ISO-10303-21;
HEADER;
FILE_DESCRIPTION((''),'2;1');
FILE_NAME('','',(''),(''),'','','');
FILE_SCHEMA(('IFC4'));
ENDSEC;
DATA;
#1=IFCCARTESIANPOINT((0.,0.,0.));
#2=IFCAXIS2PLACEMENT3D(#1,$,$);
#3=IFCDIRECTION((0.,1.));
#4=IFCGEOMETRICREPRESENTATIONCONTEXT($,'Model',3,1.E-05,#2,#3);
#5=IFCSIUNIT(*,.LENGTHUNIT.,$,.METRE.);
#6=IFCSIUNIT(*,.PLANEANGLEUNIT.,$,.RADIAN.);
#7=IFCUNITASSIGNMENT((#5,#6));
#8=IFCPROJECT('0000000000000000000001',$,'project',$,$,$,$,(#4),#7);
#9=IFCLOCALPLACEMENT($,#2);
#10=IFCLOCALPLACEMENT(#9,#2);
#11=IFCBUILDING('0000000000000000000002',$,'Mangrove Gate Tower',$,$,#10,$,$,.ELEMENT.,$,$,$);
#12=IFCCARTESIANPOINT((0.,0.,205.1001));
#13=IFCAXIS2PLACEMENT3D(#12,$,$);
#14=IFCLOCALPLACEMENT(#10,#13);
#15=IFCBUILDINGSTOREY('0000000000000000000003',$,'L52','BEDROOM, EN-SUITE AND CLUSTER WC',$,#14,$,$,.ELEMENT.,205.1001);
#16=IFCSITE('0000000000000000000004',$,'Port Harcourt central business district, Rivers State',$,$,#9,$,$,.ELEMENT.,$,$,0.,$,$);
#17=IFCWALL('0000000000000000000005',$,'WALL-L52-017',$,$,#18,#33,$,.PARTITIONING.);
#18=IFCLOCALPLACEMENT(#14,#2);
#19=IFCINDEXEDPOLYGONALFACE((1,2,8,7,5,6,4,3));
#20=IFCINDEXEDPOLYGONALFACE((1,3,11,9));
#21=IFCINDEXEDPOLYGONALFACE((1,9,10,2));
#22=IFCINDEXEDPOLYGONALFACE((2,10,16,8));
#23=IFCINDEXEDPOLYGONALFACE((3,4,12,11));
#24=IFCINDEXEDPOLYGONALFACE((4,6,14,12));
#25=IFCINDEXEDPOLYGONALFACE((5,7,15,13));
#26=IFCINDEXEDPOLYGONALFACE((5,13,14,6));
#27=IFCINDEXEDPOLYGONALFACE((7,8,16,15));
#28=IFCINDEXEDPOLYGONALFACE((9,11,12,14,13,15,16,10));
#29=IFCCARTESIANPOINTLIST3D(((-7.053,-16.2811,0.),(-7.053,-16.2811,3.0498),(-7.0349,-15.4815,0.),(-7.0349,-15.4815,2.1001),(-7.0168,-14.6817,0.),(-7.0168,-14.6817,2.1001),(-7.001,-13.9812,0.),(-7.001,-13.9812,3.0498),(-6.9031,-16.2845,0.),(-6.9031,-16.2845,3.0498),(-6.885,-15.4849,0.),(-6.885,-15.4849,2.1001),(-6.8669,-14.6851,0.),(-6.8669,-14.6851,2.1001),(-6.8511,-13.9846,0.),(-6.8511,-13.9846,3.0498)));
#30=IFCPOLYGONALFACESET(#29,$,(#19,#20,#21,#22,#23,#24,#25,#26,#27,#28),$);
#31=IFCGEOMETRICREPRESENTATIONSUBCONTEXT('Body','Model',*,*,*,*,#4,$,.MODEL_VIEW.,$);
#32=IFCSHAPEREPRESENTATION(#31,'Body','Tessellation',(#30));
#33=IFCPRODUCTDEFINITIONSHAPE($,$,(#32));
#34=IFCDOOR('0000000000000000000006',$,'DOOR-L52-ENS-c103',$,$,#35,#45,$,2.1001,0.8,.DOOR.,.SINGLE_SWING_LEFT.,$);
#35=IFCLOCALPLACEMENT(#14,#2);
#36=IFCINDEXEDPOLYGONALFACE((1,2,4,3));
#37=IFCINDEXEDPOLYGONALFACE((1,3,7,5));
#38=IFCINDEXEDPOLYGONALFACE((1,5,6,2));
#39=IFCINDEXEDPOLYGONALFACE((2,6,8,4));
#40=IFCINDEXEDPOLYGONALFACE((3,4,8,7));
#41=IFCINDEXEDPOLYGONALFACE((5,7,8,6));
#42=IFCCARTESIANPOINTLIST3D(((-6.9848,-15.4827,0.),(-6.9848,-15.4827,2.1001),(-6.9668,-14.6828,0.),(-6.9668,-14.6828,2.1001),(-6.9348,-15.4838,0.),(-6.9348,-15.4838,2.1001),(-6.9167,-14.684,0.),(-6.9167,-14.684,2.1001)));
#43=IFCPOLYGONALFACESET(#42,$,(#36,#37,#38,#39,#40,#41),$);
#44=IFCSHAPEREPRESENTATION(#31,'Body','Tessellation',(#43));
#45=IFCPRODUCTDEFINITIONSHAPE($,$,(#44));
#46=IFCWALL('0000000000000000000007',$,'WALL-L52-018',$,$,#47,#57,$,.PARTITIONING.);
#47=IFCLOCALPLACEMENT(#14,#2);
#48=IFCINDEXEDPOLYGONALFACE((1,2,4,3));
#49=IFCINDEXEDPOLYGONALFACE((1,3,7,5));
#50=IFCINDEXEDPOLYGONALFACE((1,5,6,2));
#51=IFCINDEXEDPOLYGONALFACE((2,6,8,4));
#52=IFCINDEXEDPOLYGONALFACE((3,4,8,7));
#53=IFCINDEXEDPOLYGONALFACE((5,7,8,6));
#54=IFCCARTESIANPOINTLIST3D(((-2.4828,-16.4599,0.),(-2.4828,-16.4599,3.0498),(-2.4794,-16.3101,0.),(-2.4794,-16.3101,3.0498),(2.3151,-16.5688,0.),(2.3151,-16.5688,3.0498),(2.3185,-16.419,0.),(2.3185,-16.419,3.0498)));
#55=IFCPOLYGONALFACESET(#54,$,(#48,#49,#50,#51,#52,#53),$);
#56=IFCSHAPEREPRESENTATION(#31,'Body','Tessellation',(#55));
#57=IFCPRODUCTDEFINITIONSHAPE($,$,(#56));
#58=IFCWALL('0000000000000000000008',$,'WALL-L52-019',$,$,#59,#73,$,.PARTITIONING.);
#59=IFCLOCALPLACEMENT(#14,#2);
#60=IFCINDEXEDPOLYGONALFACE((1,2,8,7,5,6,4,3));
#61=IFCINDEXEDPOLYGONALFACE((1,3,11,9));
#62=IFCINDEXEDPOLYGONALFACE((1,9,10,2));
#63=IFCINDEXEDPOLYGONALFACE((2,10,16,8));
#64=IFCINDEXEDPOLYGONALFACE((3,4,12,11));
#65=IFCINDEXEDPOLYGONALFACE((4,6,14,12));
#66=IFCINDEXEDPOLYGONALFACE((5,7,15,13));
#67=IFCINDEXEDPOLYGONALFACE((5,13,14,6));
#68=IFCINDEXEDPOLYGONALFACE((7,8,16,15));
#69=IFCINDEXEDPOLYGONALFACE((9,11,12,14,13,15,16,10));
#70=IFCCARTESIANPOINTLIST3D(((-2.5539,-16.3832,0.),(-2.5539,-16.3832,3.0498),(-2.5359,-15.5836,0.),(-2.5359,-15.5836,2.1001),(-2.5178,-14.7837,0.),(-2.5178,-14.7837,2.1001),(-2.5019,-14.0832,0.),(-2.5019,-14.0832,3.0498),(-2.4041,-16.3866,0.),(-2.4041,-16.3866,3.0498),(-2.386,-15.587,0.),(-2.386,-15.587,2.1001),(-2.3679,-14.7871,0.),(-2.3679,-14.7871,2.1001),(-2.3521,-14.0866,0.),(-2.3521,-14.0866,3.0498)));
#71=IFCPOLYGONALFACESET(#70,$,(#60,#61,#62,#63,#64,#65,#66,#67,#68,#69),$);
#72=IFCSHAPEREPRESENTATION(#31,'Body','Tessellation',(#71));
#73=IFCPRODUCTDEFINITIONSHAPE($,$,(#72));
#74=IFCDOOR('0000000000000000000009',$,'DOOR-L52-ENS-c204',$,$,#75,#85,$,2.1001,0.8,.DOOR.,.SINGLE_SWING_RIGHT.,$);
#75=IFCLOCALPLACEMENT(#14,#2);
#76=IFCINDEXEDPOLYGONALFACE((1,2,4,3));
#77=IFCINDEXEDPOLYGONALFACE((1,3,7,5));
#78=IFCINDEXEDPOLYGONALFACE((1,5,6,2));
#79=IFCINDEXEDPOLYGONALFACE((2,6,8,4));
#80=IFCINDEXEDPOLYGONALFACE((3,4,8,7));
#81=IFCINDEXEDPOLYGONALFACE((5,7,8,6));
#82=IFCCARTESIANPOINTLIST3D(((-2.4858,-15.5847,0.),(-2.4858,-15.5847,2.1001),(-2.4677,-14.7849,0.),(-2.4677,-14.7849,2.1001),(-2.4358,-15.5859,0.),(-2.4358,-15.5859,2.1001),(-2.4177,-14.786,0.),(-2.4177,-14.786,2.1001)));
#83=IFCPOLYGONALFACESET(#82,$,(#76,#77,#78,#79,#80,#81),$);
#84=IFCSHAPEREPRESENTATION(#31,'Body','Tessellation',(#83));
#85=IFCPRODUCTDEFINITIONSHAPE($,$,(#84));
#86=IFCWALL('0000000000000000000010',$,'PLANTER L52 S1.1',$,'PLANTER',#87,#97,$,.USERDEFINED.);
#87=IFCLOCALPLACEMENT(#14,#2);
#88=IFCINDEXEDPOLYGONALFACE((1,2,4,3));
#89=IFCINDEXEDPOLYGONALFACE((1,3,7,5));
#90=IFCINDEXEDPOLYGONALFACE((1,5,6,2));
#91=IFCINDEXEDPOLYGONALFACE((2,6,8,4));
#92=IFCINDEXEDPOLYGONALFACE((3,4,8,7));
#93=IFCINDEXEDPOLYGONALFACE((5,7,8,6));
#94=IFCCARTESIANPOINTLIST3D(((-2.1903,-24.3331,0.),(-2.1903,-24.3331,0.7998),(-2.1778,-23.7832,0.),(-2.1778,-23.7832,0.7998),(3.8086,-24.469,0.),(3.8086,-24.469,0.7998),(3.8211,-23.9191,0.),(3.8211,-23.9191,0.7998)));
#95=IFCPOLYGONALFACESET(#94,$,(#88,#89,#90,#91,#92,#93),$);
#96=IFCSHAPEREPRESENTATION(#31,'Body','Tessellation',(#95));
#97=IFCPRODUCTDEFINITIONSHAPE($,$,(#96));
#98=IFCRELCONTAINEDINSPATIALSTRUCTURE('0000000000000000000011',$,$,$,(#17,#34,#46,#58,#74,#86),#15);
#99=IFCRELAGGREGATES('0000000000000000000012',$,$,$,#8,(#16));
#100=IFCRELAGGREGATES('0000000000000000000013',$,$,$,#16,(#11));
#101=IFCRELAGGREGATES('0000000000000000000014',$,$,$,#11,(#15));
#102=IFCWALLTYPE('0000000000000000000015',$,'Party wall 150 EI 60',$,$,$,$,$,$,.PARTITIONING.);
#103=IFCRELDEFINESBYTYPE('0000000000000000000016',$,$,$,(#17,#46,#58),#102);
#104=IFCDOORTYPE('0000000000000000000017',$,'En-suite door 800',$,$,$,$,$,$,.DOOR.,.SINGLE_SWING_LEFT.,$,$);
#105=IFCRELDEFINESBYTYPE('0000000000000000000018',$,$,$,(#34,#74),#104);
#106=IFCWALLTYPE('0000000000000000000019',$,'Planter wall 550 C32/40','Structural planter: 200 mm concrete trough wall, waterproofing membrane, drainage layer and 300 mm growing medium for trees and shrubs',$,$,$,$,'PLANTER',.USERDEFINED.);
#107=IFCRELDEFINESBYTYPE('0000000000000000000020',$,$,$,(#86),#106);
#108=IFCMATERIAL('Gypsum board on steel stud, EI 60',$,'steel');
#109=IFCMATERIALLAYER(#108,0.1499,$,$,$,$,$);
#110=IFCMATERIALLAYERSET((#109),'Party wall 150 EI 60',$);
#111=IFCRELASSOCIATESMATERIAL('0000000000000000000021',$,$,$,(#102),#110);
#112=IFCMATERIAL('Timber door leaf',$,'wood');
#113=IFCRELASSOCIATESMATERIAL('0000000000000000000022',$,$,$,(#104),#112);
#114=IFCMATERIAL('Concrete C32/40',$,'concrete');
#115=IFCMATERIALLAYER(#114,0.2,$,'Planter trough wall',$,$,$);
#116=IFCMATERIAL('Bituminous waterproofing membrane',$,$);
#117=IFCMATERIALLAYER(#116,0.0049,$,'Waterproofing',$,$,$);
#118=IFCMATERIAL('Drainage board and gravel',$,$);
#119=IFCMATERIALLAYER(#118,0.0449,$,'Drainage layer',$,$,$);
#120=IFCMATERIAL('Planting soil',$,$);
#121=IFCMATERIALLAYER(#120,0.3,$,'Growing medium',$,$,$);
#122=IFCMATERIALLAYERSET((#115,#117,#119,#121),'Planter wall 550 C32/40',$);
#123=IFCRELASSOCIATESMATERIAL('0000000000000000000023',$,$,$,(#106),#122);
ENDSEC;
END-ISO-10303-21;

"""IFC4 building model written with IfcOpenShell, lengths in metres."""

from ifc_helpers import new_model, si_unit, direction, frame, frame_2d, origin, place, context, subcontext, project, spatial, rectangle, extrude, material, layer, layer_set, type_object, element, fill, save


model = new_model("IFC4")

# Units and contexts
model_context = context("Model", 3, precision=1e-05, world=origin(), true_north=direction((0.0, 1.0)))
body_context = subcontext(model_context, "Body", "Model", "MODEL_VIEW")
ifc_project = project(units=[si_unit("LENGTHUNIT", "METRE"), si_unit("PLANEANGLEUNIT", "RADIAN")], contexts=[model_context])

# Site, building, storey
site_placement = place(None, origin())
site = spatial("IfcSite", under=ifc_project, at=site_placement, Name="Port Harcourt central business district, Rivers State", CompositionType="ELEMENT", RefElevation=0.0)
building_placement = place(site_placement, origin())
building = spatial("IfcBuilding", under=site, at=building_placement, Name="Mangrove Gate Tower", CompositionType="ELEMENT")
storey_placement = place(building_placement, frame((0.0, 0.0, 205.1001)))
storey = spatial("IfcBuildingStorey", under=building, at=storey_placement, Name="L52", Description="BEDROOM, EN-SUITE AND CLUSTER WC", CompositionType="ELEMENT", Elevation=205.1001)

# Shared definitions
ifc_material_1 = material(Name="Gypsum board on steel stud, EI 60", Category="steel")
ifc_layer_1 = layer(ifc_material_1, 0.1499)
ifc_layer_set_1 = layer_set([ifc_layer_1], Name="Party wall 150 EI 60")
wall_type_1 = type_object("IfcWallType", Name="Party wall 150 EI 60", PredefinedType="PARTITIONING", material=ifc_layer_set_1)

# Wall, opening, door
ifc_material_2 = material(Name="Timber door leaf", Category="wood")
door_type = type_object("IfcDoorType", Name="En-suite door 800", OperationType="SINGLE_SWING_LEFT", PredefinedType="DOOR", material=ifc_material_2)
wall_1_placement = place(storey_placement, frame((-6.978, -16.283, 0.0), z_axis=(0.0, 0.0, 1.0), x_axis=(0.022603, 0.999745, 0.0)))
wall_1 = element("IfcWall", 1, at=wall_1_placement, inside=storey, type_object=wall_type_1, Name="WALL-L52-017", PredefinedType="PARTITIONING", context=body_context, shape_type="SweptSolid", body=[
    extrude(rectangle(XDim=2.3005, YDim=0.1499, at=frame_2d((1.1504, 0.0))), origin(), (0.0, 0.0, 1.0), 3.0498),
])
opening_1_placement = place(wall_1_placement, frame((0.8, 0.0, 0.0)))
opening_1 = element("IfcOpeningElement", 2, at=opening_1_placement, cuts=wall_1, PredefinedType="OPENING", context=body_context, shape_type="SweptSolid", body=[
    extrude(rectangle(XDim=0.8, YDim=2.1001, at=frame_2d((0.3999, 1.05))), frame((0.0, 0.085, 0.0), z_axis=(0.0, -1.0, 0.0), x_axis=(1.0, 0.0, 0.0)), (0.0, 0.0, 1.0), 0.1699),
])
door_1_placement = place(opening_1_placement, origin())
door_1 = element("IfcDoor", 3, at=door_1_placement, inside=storey, type_object=door_type, Name="DOOR-L52-ENS-c103", OperationType="SINGLE_SWING_LEFT", OverallHeight=2.1001, OverallWidth=0.8, PredefinedType="DOOR", context=body_context, shape_type="SweptSolid", body=[
    extrude(rectangle(XDim=0.8, YDim=2.1001, at=frame_2d((0.3999, 1.05))), frame((0.0, 0.0249, 0.0), z_axis=(0.0, -1.0, 0.0), x_axis=(1.0, 0.0, 0.0)), (0.0, 0.0, 1.0), 0.05),
])
fill(opening_1, door_1)

# Wall
wall_2_placement = place(storey_placement, frame((-2.481, -16.385, 0.0), z_axis=(0.0, 0.0, 1.0), x_axis=(0.999743, -0.022689, 0.0)))
element("IfcWall", 4, at=wall_2_placement, inside=storey, type_object=wall_type_1, Name="WALL-L52-018", PredefinedType="PARTITIONING", context=body_context, shape_type="SweptSolid", body=[
    extrude(rectangle(XDim=4.7991, YDim=0.1499, at=frame_2d((2.3994, 0.0))), origin(), (0.0, 0.0, 1.0), 3.0498),
])

# Wall, opening, door
wall_3_placement = place(storey_placement, frame((-2.479, -16.385, 0.0), z_axis=(0.0, 0.0, 1.0), x_axis=(0.022603, 0.999745, 0.0)))
wall_3 = element("IfcWall", 5, at=wall_3_placement, inside=storey, type_object=wall_type_1, Name="WALL-L52-019", PredefinedType="PARTITIONING", context=body_context, shape_type="SweptSolid", body=[
    extrude(rectangle(XDim=2.3005, YDim=0.1499, at=frame_2d((1.1504, 0.0))), origin(), (0.0, 0.0, 1.0), 3.0498),
])
opening_2_placement = place(wall_3_placement, frame((0.8, 0.0, 0.0)))
opening_2 = element("IfcOpeningElement", 6, at=opening_2_placement, cuts=wall_3, PredefinedType="OPENING", context=body_context, shape_type="SweptSolid", body=[
    extrude(rectangle(XDim=0.8, YDim=2.1001, at=frame_2d((0.3999, 1.05))), frame((0.0, 0.085, 0.0), z_axis=(0.0, -1.0, 0.0), x_axis=(1.0, 0.0, 0.0)), (0.0, 0.0, 1.0), 0.1699),
])
door_2_placement = place(opening_2_placement, origin())
door_2 = element("IfcDoor", 7, at=door_2_placement, inside=storey, type_object=door_type, Name="DOOR-L52-ENS-c204", OperationType="SINGLE_SWING_RIGHT", OverallHeight=2.1001, OverallWidth=0.8, PredefinedType="DOOR", context=body_context, shape_type="SweptSolid", body=[
    extrude(rectangle(XDim=0.8, YDim=2.1001, at=frame_2d((0.3999, 1.05))), frame((0.0, 0.0249, 0.0), z_axis=(0.0, -1.0, 0.0), x_axis=(1.0, 0.0, 0.0)), (0.0, 0.0, 1.0), 0.05),
])
fill(opening_2, door_2)

# Wall
ifc_material_3 = material(Name="Concrete C32/40", Category="concrete")
ifc_layer_2 = layer(ifc_material_3, 0.2, Name="Planter trough wall")
ifc_material_4 = material(Name="Bituminous waterproofing membrane")
ifc_layer_3 = layer(ifc_material_4, 0.0049, Name="Waterproofing")
ifc_material_5 = material(Name="Drainage board and gravel")
ifc_layer_4 = layer(ifc_material_5, 0.0449, Name="Drainage layer")
ifc_material_6 = material(Name="Planting soil")
ifc_layer_5 = layer(ifc_material_6, 0.3, Name="Growing medium")
ifc_layer_set_2 = layer_set([ifc_layer_2, ifc_layer_3, ifc_layer_4, ifc_layer_5], Name="Planter wall 550 C32/40")
wall_type_2 = type_object("IfcWallType", Name="Planter wall 550 C32/40", Description="Structural planter: 200 mm concrete trough wall, waterproofing membrane, drainage layer and 300 mm growing medium for trees and shrubs", ElementType="PLANTER", PredefinedType="USERDEFINED", material=ifc_layer_set_2)
wall_4_placement = place(storey_placement, frame((-2.1841, -24.0581, 0.0), z_axis=(0.0, 0.0, 1.0), x_axis=(0.999743, -0.022662, 0.0)))
element("IfcWall", 8, at=wall_4_placement, inside=storey, type_object=wall_type_2, Name="PLANTER L52 S1.1", ObjectType="PLANTER", PredefinedType="USERDEFINED", context=body_context, shape_type="SweptSolid", body=[
    extrude(rectangle(XDim=6.0005, YDim=0.55, at=frame_2d((3.0002, 0.0))), origin(), (0.0, 0.0, 1.0), 0.7998),
])

save(model, "model.ifc")
